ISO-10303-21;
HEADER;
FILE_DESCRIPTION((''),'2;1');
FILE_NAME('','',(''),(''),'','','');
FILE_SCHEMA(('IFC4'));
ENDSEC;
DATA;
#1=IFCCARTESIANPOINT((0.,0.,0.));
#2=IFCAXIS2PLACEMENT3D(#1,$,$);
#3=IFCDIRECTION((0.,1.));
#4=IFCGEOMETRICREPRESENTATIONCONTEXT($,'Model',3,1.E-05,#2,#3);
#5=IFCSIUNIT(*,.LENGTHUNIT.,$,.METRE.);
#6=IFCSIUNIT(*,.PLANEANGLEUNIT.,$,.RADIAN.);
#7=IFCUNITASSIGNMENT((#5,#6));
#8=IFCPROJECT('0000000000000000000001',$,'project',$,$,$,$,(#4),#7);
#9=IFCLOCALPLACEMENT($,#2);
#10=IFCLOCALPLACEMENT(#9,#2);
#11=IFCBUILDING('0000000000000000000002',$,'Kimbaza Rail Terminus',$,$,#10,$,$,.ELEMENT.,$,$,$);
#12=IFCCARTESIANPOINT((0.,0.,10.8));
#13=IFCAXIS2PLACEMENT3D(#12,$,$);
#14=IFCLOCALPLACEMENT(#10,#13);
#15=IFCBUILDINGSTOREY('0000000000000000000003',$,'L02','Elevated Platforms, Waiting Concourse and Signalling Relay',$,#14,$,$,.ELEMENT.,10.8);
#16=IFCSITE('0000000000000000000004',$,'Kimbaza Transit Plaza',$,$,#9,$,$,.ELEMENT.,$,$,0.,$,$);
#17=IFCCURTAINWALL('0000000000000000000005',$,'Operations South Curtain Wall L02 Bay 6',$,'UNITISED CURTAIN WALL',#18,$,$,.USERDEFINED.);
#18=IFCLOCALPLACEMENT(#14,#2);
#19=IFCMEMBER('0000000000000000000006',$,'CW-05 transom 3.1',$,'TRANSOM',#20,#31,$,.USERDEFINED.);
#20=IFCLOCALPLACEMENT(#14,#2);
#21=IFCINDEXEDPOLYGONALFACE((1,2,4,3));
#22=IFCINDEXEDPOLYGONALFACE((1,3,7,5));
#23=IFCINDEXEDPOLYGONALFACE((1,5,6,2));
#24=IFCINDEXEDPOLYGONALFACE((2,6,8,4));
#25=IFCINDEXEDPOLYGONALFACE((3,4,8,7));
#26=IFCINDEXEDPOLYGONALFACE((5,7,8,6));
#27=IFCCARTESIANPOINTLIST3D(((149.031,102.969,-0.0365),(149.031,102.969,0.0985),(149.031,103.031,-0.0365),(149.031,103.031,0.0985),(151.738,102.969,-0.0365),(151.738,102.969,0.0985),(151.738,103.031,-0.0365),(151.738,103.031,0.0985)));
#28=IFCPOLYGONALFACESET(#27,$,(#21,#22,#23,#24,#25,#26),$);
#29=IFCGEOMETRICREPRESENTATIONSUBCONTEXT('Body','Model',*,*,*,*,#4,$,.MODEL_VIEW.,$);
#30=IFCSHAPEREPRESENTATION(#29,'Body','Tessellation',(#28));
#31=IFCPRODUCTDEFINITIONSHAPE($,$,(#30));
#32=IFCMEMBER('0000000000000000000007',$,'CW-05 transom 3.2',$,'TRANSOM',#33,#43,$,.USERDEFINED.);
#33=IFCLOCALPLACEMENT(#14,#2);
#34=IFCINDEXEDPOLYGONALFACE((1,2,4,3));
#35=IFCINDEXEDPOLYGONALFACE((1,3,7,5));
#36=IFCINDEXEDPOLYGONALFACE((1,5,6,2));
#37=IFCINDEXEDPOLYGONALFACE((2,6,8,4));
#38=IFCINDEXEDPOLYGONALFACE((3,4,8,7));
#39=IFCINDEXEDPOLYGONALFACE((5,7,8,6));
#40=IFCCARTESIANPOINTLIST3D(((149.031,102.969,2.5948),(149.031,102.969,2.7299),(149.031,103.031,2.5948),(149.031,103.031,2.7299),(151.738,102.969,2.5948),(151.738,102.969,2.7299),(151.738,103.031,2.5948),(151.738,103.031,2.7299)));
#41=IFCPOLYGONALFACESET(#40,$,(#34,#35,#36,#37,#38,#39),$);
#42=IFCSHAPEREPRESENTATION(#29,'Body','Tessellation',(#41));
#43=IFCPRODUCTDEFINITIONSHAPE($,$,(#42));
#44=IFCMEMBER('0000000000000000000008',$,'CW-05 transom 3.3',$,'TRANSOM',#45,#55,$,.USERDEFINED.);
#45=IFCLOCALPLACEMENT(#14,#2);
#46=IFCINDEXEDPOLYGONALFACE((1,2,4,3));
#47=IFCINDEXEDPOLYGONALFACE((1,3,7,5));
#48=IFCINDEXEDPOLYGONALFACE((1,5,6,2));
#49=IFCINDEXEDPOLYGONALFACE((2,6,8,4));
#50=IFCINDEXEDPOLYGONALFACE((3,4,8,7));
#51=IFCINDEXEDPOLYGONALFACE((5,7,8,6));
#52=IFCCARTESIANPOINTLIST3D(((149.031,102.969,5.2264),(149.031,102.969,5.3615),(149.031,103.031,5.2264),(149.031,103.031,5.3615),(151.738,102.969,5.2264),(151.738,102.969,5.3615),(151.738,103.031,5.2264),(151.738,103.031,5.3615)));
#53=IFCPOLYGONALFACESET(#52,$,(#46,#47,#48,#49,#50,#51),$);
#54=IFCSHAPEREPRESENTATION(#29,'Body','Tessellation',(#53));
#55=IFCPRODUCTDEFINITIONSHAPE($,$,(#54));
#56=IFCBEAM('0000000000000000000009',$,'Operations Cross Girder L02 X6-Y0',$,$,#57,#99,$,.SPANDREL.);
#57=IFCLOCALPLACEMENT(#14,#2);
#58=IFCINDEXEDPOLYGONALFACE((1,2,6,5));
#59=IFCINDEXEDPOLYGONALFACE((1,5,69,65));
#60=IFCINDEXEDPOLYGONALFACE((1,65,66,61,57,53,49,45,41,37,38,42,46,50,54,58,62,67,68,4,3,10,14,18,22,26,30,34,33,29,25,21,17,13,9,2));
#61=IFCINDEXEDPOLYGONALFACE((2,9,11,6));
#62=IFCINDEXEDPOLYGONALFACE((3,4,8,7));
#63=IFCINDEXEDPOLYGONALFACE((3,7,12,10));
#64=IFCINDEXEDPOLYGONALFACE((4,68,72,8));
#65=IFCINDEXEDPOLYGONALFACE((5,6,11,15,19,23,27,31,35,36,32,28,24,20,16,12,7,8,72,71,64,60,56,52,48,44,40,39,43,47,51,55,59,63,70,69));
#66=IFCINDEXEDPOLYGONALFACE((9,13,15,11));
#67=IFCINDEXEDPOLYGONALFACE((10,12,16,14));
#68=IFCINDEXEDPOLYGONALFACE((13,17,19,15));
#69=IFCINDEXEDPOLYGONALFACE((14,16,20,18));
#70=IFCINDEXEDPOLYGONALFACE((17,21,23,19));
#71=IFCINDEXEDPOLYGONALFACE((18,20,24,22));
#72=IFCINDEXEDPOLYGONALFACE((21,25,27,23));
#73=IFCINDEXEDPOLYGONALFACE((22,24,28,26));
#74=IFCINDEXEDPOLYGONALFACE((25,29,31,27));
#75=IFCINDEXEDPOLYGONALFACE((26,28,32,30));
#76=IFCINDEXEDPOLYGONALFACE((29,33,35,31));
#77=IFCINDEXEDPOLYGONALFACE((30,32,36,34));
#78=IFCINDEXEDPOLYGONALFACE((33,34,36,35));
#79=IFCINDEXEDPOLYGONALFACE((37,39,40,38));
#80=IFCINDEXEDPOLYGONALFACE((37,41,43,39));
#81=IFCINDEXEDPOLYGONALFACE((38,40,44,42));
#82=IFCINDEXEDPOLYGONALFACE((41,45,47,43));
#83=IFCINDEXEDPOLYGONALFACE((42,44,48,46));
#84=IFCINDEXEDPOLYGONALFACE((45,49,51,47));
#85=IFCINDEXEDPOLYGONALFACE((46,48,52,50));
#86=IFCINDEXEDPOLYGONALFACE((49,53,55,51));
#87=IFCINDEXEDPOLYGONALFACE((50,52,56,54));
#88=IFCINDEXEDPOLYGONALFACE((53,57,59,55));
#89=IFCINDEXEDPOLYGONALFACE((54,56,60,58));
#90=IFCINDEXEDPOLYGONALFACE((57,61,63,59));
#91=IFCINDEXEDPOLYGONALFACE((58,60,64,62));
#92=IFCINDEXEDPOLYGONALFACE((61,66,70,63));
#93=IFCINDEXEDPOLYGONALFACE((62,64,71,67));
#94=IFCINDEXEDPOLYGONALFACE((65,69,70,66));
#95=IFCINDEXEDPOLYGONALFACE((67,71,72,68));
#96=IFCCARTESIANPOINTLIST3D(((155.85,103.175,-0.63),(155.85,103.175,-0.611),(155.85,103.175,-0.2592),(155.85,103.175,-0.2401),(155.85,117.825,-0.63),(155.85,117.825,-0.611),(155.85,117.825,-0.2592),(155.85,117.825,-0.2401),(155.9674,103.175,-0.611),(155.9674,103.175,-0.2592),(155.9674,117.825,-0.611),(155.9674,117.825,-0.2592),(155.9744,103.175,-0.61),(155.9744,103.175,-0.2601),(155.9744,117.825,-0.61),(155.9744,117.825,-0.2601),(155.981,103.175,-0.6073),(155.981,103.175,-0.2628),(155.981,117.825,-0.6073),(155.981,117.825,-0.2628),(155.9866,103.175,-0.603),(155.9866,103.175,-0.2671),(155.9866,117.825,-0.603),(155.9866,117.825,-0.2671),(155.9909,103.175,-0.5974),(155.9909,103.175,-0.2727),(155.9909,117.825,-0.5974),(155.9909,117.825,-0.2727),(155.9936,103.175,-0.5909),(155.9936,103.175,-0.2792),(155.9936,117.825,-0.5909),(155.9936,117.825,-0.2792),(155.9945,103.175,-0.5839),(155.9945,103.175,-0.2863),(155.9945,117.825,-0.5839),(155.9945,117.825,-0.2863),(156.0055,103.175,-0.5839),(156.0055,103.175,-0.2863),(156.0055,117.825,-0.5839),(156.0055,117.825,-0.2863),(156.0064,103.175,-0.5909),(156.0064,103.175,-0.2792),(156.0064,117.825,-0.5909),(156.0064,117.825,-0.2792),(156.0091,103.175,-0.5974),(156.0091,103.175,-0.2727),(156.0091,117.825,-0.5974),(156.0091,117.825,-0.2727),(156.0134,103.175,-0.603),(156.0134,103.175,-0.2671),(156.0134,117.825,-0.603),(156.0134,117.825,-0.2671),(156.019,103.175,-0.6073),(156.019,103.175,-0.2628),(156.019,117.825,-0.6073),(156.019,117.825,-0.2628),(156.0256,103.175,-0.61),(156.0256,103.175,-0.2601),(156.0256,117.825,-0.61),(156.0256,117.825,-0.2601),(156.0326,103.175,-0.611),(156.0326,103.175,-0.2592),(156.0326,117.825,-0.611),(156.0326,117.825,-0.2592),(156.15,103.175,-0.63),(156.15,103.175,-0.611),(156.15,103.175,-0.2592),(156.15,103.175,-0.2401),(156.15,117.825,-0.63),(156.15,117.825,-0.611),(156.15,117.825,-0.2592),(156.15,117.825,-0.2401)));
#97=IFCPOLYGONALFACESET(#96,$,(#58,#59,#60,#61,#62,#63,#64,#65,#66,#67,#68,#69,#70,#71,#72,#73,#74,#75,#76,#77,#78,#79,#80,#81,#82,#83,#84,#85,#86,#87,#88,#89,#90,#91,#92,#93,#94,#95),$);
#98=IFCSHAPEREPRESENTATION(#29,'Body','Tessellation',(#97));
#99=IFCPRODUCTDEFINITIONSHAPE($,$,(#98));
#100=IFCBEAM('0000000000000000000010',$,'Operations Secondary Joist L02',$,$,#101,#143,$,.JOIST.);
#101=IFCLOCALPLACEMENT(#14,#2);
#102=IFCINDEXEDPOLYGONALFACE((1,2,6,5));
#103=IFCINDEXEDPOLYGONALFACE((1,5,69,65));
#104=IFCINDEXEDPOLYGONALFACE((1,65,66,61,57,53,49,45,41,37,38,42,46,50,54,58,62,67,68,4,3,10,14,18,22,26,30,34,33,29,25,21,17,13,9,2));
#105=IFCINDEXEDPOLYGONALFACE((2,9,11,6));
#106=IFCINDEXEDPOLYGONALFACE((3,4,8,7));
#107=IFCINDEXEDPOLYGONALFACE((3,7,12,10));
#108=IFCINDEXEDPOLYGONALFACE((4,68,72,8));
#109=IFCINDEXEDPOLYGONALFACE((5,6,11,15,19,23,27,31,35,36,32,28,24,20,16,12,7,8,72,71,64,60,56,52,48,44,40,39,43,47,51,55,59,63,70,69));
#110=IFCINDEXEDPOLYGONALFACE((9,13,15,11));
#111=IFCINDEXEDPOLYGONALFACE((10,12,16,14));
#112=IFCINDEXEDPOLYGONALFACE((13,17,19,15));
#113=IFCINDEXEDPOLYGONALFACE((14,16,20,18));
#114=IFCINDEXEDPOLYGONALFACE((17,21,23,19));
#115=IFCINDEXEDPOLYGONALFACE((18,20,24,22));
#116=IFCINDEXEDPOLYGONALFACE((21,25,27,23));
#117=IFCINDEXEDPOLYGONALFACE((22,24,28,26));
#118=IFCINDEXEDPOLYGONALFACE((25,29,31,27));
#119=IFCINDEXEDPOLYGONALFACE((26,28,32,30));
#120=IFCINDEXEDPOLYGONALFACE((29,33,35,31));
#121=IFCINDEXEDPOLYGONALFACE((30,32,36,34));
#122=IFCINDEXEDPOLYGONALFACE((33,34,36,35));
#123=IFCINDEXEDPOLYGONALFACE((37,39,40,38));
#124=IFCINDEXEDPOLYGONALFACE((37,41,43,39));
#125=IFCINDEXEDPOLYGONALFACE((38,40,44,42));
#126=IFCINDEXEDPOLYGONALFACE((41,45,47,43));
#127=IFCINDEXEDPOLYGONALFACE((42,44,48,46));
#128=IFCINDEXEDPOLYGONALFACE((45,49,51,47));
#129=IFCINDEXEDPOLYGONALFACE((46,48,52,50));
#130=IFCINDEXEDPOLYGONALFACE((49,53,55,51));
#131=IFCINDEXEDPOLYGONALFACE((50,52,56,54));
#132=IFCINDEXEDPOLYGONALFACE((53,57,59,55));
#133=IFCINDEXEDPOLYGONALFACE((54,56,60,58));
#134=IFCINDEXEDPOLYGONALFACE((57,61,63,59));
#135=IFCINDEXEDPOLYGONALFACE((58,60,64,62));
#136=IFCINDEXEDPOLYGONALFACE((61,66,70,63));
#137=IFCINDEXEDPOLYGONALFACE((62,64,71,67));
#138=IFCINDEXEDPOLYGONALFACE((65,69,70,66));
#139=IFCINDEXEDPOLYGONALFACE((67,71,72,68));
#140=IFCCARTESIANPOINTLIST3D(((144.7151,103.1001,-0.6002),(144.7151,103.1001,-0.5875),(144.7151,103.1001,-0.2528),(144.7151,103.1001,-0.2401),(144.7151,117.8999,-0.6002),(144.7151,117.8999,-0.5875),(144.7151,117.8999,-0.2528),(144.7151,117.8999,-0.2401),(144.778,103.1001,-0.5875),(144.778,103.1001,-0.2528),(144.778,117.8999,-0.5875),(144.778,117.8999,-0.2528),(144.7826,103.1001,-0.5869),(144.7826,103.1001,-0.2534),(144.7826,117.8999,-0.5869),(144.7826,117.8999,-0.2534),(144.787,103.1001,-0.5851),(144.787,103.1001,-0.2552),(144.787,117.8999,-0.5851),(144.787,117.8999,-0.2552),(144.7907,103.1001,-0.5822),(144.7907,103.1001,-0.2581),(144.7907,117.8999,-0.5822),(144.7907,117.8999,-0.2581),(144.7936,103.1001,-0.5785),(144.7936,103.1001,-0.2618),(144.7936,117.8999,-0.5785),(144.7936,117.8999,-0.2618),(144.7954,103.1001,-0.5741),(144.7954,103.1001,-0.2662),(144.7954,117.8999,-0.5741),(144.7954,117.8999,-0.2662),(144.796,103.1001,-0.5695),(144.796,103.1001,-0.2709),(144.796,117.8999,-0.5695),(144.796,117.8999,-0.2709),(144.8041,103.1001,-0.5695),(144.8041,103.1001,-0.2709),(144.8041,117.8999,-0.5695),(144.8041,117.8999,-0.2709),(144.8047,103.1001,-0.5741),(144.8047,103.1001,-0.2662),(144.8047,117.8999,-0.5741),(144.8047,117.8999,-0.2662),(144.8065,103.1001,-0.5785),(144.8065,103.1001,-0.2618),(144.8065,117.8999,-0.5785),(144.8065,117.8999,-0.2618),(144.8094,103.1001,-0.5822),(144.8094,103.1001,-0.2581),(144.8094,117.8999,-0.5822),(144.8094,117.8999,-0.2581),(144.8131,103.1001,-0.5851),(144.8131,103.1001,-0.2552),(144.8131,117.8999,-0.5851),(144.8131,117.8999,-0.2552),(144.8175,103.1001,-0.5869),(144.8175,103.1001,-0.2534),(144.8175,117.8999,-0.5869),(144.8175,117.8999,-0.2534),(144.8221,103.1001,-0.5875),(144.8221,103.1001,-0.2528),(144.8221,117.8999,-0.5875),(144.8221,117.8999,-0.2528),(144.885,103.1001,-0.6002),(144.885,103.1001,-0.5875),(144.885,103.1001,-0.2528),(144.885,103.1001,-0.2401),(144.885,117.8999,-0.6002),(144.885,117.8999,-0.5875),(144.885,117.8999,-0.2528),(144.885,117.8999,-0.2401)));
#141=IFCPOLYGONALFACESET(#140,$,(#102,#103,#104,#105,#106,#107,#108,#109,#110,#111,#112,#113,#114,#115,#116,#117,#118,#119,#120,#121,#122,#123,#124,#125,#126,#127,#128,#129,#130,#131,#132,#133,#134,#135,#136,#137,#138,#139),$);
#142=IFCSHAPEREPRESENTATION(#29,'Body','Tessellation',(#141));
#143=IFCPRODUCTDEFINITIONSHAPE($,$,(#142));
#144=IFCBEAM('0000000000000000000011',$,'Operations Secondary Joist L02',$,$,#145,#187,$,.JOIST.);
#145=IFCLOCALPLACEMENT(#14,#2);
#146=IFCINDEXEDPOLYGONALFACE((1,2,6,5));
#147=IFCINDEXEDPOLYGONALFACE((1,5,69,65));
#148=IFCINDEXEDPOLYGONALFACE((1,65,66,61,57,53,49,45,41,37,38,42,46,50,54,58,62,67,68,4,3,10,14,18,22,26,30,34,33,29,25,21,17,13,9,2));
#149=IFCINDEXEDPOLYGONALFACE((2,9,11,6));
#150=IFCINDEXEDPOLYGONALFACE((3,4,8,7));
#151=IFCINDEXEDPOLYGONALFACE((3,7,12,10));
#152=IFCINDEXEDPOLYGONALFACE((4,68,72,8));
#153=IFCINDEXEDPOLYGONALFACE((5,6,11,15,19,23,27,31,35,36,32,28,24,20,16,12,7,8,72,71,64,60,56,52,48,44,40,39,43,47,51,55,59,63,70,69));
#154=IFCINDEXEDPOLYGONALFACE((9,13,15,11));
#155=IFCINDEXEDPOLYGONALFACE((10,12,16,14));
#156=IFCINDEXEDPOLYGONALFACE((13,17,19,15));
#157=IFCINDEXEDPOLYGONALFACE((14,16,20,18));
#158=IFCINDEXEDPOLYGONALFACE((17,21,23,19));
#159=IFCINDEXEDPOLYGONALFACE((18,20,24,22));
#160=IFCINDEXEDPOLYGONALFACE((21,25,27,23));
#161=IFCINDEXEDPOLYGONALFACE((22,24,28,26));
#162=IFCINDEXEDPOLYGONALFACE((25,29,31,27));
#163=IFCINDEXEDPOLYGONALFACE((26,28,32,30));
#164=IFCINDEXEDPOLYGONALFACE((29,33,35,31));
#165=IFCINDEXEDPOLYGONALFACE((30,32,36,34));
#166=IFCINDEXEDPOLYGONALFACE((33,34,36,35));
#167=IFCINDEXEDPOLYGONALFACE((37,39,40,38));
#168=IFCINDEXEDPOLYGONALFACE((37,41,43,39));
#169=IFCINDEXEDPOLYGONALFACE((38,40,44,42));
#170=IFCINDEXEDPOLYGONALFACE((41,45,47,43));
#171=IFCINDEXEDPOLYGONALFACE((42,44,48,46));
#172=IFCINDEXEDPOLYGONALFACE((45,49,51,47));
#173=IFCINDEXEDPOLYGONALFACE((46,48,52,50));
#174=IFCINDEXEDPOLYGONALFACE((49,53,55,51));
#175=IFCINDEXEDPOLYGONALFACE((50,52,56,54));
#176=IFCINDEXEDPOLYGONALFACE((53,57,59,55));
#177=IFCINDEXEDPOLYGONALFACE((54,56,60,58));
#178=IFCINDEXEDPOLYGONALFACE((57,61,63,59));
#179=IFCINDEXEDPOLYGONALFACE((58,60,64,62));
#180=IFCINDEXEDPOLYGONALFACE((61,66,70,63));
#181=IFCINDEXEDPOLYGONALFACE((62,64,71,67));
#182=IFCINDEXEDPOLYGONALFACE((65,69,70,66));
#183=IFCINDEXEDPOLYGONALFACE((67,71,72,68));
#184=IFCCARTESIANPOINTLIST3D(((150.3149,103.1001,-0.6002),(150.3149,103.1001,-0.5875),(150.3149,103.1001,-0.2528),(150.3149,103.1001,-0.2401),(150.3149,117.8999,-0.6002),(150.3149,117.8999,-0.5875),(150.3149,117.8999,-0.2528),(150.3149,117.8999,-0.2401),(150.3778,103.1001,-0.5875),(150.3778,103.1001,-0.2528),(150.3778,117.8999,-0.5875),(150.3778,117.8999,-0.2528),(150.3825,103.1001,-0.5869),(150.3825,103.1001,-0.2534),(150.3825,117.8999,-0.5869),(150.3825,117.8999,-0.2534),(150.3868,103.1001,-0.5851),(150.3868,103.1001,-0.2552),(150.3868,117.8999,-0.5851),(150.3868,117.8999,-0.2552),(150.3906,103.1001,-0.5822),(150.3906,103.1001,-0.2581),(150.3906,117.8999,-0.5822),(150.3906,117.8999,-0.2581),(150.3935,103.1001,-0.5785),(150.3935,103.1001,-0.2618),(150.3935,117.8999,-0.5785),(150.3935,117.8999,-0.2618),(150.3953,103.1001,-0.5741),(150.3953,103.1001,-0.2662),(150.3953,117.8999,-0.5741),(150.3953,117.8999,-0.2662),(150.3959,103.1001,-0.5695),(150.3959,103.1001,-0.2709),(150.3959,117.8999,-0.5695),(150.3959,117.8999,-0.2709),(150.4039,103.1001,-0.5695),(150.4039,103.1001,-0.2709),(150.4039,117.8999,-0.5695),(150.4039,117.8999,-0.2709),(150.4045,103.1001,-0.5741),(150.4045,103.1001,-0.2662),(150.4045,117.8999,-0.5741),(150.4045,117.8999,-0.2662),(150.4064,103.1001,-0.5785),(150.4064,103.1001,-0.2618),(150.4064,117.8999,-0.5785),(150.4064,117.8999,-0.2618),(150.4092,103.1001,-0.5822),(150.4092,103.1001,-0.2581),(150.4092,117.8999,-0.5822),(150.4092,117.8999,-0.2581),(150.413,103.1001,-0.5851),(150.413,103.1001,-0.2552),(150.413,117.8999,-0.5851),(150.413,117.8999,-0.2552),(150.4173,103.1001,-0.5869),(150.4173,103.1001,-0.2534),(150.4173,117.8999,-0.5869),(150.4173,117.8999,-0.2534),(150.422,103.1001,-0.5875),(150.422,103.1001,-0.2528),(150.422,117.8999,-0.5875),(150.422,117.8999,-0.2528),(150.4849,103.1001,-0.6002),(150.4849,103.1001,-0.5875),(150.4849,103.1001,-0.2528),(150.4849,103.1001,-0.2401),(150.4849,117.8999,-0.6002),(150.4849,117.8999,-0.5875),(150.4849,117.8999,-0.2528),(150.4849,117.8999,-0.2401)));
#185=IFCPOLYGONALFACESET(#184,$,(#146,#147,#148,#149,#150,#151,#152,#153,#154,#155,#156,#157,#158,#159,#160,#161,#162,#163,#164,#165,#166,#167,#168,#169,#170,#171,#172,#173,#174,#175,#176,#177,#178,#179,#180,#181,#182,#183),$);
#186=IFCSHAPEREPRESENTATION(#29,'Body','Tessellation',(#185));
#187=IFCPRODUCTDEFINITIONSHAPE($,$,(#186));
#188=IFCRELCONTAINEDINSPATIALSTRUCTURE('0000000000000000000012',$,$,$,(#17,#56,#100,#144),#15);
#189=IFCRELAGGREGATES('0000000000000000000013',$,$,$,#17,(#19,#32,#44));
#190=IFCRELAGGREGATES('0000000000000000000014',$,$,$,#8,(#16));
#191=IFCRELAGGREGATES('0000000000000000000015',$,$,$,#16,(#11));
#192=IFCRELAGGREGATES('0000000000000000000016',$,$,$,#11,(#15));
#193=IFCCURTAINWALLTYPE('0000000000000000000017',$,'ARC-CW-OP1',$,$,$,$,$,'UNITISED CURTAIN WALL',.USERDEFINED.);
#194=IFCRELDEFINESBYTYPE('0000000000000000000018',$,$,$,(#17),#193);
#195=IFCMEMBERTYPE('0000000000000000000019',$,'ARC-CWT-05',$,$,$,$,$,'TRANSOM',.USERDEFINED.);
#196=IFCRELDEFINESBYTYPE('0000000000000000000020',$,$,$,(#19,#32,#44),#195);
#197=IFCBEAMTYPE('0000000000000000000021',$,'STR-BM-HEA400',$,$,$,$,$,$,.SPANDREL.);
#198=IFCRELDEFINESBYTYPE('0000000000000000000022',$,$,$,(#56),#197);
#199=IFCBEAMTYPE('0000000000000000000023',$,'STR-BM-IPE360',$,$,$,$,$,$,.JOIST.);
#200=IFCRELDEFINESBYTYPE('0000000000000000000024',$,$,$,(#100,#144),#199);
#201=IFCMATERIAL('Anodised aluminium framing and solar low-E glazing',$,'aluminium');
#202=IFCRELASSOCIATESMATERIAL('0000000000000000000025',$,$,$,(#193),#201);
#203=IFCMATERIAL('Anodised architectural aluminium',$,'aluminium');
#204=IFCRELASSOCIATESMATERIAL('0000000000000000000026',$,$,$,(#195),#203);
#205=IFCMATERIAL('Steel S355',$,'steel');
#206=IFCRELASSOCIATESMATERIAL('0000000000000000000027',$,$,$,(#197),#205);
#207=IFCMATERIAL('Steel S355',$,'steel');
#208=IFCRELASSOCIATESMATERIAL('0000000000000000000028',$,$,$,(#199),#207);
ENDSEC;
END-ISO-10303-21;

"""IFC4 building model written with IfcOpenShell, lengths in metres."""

from ifc_helpers import new_model, si_unit, direction, frame, origin, origin_2d, place, context, subcontext, project, spatial, rectangle, i_section, extrude, material, material_profile, profile_set, type_object, element, aggregate, save


model = new_model("IFC4")

# Units and contexts
model_context = context("Model", 3, precision=1e-05, world=origin(), true_north=direction((0.0, 1.0)))
body_context = subcontext(model_context, "Body", "Model", "MODEL_VIEW")
ifc_project = project(units=[si_unit("LENGTHUNIT", "METRE"), si_unit("PLANEANGLEUNIT", "RADIAN")], contexts=[model_context])

# Site, building, storey
site_placement = place(None, origin())
site = spatial("IfcSite", under=ifc_project, at=site_placement, Name="Kimbaza Transit Plaza", CompositionType="ELEMENT", RefElevation=0.0)
building_placement = place(site_placement, origin())
building = spatial("IfcBuilding", under=site, at=building_placement, Name="Kimbaza Rail Terminus", CompositionType="ELEMENT")
storey_placement = place(building_placement, frame((0.0, 0.0, 10.8)))
storey = spatial("IfcBuildingStorey", under=building, at=storey_placement, Name="L02", Description="Elevated Platforms, Waiting Concourse and Signalling Relay", CompositionType="ELEMENT", Elevation=10.8)

# Curtain wall
ifc_material_1 = material(Name="Anodised aluminium framing and solar low-E glazing", Category="aluminium")
curtain_wall_type = type_object("IfcCurtainWallType", Name="ARC-CW-OP1", ElementType="UNITISED CURTAIN WALL", PredefinedType="USERDEFINED", material=ifc_material_1)
curtain_wall_1_placement = place(storey_placement, origin())
curtain_wall_1 = element("IfcCurtainWall", 1, at=curtain_wall_1_placement, inside=storey, type_object=curtain_wall_type, Name="Operations South Curtain Wall L02 Bay 6", ObjectType="UNITISED CURTAIN WALL", PredefinedType="USERDEFINED")

# Members
ifc_material_2 = material(Name="Anodised architectural aluminium", Category="aluminium")
ifc_material_profile_1 = material_profile(ifc_material_2, rectangle(XDim=0.062, YDim=0.135, at=origin_2d()), Name="TRANSOM 62x135")
ifc_profile_set_1 = profile_set([ifc_material_profile_1], Name="Anodised architectural aluminium")
member_type_1 = type_object("IfcMemberType", Name="ARC-CWT-05", ElementType="TRANSOM", PredefinedType="USERDEFINED", material=ifc_profile_set_1)
member_1_placement = place(storey_placement, frame((149.031, 103.0, 0.031), z_axis=(1.0, 0.0, 0.0), x_axis=(0.0, 1.0, 0.0)))
member_1 = element("IfcMember", 2, at=member_1_placement, type_object=member_type_1, Name="CW-05 transom 3.1", ObjectType="TRANSOM", PredefinedType="USERDEFINED", context=body_context, shape_type="SweptSolid", body=[
    extrude(rectangle(XDim=0.062, YDim=0.135, at=origin_2d()), origin(), (0.0, 0.0, 1.0), 2.707),
])
member_2_placement = place(storey_placement, frame((149.031, 103.0, 2.6624), z_axis=(1.0, 0.0, 0.0), x_axis=(0.0, 1.0, 0.0)))
member_2 = element("IfcMember", 3, at=member_2_placement, type_object=member_type_1, Name="CW-05 transom 3.2", ObjectType="TRANSOM", PredefinedType="USERDEFINED", context=body_context, shape_type="SweptSolid", body=[
    extrude(rectangle(XDim=0.062, YDim=0.135, at=origin_2d()), origin(), (0.0, 0.0, 1.0), 2.707),
])
member_3_placement = place(storey_placement, frame((149.031, 103.0, 5.2939), z_axis=(1.0, 0.0, 0.0), x_axis=(0.0, 1.0, 0.0)))
member_3 = element("IfcMember", 4, at=member_3_placement, type_object=member_type_1, Name="CW-05 transom 3.3", ObjectType="TRANSOM", PredefinedType="USERDEFINED", context=body_context, shape_type="SweptSolid", body=[
    extrude(rectangle(XDim=0.062, YDim=0.135, at=origin_2d()), origin(), (0.0, 0.0, 1.0), 2.707),
])

# Beams
ifc_material_3 = material(Name="Steel S355", Category="steel")
ifc_material_profile_2 = material_profile(ifc_material_3, i_section(OverallWidth=0.3, OverallDepth=0.3899, WebThickness=0.011, FlangeThickness=0.019, FilletRadius=0.0271, at=origin_2d()), Name="HEA 400")
ifc_profile_set_2 = profile_set([ifc_material_profile_2], Name="Steel S355")
beam_type_1 = type_object("IfcBeamType", Name="STR-BM-HEA400", PredefinedType="SPANDREL", material=ifc_profile_set_2)
beam_1_placement = place(storey_placement, frame((156.0, 103.175, -0.4351), z_axis=(0.0, 1.0, 0.0), x_axis=(-1.0, 0.0, 0.0)))
element("IfcBeam", 5, at=beam_1_placement, inside=storey, type_object=beam_type_1, Name="Operations Cross Girder L02 X6-Y0", PredefinedType="SPANDREL", context=body_context, shape_type="SweptSolid", body=[
    extrude(i_section(OverallWidth=0.3, OverallDepth=0.3899, WebThickness=0.011, FlangeThickness=0.019, FilletRadius=0.0271, at=origin_2d()), origin(), (0.0, 0.0, 1.0), 14.6499),
])
ifc_material_4 = material(Name="Steel S355", Category="steel")
ifc_material_profile_3 = material_profile(ifc_material_4, i_section(OverallWidth=0.1699, OverallDepth=0.3601, WebThickness=0.0081, FlangeThickness=0.0127, FilletRadius=0.0181, at=origin_2d()), Name="IPE 360")
ifc_profile_set_3 = profile_set([ifc_material_profile_3], Name="Steel S355")
beam_type_2 = type_object("IfcBeamType", Name="STR-BM-IPE360", PredefinedType="JOIST", material=ifc_profile_set_3)
for number, where, z_axis, x_axis, name in (
    (6, (144.8, 103.1001, -0.4202), (0.0, 1.0, 0.0), (-1.0, 0.0, 0.0), "Operations Secondary Joist L02"),
    (7, (150.3999, 103.1001, -0.4202), (0.0, 1.0, 0.0), (-1.0, 0.0, 0.0), "Operations Secondary Joist L02"),
):
    element("IfcBeam", number, at=place(storey_placement, frame(where, z_axis=z_axis, x_axis=x_axis)), inside=storey, type_object=beam_type_2, Name=name, PredefinedType="JOIST", context=body_context, shape_type="SweptSolid", body=[
        extrude(i_section(OverallWidth=0.1699, OverallDepth=0.3601, WebThickness=0.0081, FlangeThickness=0.0127, FilletRadius=0.0181, at=origin_2d()), origin(), (0.0, 0.0, 1.0), 14.7998),
    ])

aggregate(curtain_wall_1, [member_1, member_2, member_3])

save(model, "model.ifc")
